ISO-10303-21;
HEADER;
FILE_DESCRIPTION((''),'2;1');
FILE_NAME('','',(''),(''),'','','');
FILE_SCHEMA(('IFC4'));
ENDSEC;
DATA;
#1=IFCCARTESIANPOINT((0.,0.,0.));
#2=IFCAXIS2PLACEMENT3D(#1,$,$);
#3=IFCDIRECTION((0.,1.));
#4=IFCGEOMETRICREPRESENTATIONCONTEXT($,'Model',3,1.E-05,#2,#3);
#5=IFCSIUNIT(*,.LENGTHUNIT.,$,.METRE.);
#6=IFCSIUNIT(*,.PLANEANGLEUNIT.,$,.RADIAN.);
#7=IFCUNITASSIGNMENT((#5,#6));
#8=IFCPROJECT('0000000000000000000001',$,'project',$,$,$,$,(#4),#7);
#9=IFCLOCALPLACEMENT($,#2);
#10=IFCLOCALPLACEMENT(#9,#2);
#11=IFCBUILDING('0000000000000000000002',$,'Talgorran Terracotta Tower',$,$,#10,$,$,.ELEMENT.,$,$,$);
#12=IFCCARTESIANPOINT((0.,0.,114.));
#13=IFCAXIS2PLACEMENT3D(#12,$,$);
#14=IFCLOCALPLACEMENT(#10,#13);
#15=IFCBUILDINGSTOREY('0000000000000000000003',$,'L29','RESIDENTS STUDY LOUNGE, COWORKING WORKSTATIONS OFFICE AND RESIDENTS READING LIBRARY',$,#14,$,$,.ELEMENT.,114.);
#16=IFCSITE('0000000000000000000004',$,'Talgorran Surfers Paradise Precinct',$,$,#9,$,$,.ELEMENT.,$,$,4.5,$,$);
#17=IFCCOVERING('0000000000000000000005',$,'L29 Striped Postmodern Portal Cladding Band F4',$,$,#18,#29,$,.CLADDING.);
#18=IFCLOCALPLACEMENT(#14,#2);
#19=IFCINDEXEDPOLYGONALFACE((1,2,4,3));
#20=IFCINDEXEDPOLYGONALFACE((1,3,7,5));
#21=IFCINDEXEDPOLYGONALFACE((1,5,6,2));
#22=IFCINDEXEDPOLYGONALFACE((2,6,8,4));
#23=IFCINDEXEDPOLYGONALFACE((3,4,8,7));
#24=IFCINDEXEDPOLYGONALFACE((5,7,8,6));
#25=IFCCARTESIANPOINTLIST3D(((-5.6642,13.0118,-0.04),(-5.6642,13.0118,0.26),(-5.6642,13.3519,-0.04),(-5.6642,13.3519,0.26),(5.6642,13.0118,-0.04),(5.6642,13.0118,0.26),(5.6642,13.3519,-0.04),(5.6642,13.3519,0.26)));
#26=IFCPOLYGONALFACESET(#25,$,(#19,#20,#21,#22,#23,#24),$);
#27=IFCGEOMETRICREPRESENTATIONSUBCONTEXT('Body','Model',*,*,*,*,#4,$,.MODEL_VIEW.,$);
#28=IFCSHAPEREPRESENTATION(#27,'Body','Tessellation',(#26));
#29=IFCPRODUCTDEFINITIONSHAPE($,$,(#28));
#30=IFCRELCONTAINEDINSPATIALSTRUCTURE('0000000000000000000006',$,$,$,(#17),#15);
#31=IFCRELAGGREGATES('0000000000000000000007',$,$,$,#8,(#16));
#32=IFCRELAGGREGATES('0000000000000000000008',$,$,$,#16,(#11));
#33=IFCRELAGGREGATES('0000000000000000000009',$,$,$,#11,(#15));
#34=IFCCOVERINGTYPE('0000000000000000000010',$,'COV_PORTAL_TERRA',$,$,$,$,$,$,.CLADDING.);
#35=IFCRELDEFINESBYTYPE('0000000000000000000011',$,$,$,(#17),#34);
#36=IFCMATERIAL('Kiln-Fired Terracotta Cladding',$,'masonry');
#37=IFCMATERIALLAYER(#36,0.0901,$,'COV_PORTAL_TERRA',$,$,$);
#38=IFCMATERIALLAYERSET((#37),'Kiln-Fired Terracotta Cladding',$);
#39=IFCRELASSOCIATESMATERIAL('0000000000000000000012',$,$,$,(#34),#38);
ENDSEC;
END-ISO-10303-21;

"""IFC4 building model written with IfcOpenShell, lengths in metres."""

from ifc_helpers import new_model, si_unit, direction, frame, origin, origin_2d, place, context, subcontext, project, spatial, rectangle, extrude, material, layer, layer_set, type_object, element, save


model = new_model("IFC4")

# Units and contexts
model_context = context("Model", 3, precision=1e-05, world=origin(), true_north=direction((0.0, 1.0)))
body_context = subcontext(model_context, "Body", "Model", "MODEL_VIEW")
ifc_project = project(units=[si_unit("LENGTHUNIT", "METRE"), si_unit("PLANEANGLEUNIT", "RADIAN")], contexts=[model_context])

# Site, building, storey
site_placement = place(None, origin())
site = spatial("IfcSite", under=ifc_project, at=site_placement, Name="Talgorran Surfers Paradise Precinct", CompositionType="ELEMENT", RefElevation=4.5)
building_placement = place(site_placement, origin())
building = spatial("IfcBuilding", under=site, at=building_placement, Name="Talgorran Terracotta Tower", CompositionType="ELEMENT")
storey_placement = place(building_placement, frame((0.0, 0.0, 114.0)))
storey = spatial("IfcBuildingStorey", under=building, at=storey_placement, Name="L29", Description="RESIDENTS STUDY LOUNGE, COWORKING WORKSTATIONS OFFICE AND RESIDENTS READING LIBRARY", CompositionType="ELEMENT", Elevation=114.0)

# Covering
ifc_material_1 = material(Name="Kiln-Fired Terracotta Cladding", Category="masonry")
ifc_layer_1 = layer(ifc_material_1, 0.0901, Name="COV_PORTAL_TERRA")
ifc_layer_set_1 = layer_set([ifc_layer_1], Name="Kiln-Fired Terracotta Cladding")
covering_type_1 = type_object("IfcCoveringType", Name="COV_PORTAL_TERRA", PredefinedType="CLADDING", material=ifc_layer_set_1)
covering_1_placement = place(storey_placement, frame((0.0, 13.1819, -0.04), z_axis=(0.0, 0.0, 1.0), x_axis=(-1.0, 0.0, 0.0)))
element("IfcCovering", 1, at=covering_1_placement, inside=storey, type_object=covering_type_1, Name="L29 Striped Postmodern Portal Cladding Band F4", PredefinedType="CLADDING", context=body_context, shape_type="SweptSolid", body=[
    extrude(rectangle(XDim=11.3284, YDim=0.3401, at=origin_2d()), origin(), (0.0, 0.0, 1.0), 0.3),
])

save(model, "model.ifc")
